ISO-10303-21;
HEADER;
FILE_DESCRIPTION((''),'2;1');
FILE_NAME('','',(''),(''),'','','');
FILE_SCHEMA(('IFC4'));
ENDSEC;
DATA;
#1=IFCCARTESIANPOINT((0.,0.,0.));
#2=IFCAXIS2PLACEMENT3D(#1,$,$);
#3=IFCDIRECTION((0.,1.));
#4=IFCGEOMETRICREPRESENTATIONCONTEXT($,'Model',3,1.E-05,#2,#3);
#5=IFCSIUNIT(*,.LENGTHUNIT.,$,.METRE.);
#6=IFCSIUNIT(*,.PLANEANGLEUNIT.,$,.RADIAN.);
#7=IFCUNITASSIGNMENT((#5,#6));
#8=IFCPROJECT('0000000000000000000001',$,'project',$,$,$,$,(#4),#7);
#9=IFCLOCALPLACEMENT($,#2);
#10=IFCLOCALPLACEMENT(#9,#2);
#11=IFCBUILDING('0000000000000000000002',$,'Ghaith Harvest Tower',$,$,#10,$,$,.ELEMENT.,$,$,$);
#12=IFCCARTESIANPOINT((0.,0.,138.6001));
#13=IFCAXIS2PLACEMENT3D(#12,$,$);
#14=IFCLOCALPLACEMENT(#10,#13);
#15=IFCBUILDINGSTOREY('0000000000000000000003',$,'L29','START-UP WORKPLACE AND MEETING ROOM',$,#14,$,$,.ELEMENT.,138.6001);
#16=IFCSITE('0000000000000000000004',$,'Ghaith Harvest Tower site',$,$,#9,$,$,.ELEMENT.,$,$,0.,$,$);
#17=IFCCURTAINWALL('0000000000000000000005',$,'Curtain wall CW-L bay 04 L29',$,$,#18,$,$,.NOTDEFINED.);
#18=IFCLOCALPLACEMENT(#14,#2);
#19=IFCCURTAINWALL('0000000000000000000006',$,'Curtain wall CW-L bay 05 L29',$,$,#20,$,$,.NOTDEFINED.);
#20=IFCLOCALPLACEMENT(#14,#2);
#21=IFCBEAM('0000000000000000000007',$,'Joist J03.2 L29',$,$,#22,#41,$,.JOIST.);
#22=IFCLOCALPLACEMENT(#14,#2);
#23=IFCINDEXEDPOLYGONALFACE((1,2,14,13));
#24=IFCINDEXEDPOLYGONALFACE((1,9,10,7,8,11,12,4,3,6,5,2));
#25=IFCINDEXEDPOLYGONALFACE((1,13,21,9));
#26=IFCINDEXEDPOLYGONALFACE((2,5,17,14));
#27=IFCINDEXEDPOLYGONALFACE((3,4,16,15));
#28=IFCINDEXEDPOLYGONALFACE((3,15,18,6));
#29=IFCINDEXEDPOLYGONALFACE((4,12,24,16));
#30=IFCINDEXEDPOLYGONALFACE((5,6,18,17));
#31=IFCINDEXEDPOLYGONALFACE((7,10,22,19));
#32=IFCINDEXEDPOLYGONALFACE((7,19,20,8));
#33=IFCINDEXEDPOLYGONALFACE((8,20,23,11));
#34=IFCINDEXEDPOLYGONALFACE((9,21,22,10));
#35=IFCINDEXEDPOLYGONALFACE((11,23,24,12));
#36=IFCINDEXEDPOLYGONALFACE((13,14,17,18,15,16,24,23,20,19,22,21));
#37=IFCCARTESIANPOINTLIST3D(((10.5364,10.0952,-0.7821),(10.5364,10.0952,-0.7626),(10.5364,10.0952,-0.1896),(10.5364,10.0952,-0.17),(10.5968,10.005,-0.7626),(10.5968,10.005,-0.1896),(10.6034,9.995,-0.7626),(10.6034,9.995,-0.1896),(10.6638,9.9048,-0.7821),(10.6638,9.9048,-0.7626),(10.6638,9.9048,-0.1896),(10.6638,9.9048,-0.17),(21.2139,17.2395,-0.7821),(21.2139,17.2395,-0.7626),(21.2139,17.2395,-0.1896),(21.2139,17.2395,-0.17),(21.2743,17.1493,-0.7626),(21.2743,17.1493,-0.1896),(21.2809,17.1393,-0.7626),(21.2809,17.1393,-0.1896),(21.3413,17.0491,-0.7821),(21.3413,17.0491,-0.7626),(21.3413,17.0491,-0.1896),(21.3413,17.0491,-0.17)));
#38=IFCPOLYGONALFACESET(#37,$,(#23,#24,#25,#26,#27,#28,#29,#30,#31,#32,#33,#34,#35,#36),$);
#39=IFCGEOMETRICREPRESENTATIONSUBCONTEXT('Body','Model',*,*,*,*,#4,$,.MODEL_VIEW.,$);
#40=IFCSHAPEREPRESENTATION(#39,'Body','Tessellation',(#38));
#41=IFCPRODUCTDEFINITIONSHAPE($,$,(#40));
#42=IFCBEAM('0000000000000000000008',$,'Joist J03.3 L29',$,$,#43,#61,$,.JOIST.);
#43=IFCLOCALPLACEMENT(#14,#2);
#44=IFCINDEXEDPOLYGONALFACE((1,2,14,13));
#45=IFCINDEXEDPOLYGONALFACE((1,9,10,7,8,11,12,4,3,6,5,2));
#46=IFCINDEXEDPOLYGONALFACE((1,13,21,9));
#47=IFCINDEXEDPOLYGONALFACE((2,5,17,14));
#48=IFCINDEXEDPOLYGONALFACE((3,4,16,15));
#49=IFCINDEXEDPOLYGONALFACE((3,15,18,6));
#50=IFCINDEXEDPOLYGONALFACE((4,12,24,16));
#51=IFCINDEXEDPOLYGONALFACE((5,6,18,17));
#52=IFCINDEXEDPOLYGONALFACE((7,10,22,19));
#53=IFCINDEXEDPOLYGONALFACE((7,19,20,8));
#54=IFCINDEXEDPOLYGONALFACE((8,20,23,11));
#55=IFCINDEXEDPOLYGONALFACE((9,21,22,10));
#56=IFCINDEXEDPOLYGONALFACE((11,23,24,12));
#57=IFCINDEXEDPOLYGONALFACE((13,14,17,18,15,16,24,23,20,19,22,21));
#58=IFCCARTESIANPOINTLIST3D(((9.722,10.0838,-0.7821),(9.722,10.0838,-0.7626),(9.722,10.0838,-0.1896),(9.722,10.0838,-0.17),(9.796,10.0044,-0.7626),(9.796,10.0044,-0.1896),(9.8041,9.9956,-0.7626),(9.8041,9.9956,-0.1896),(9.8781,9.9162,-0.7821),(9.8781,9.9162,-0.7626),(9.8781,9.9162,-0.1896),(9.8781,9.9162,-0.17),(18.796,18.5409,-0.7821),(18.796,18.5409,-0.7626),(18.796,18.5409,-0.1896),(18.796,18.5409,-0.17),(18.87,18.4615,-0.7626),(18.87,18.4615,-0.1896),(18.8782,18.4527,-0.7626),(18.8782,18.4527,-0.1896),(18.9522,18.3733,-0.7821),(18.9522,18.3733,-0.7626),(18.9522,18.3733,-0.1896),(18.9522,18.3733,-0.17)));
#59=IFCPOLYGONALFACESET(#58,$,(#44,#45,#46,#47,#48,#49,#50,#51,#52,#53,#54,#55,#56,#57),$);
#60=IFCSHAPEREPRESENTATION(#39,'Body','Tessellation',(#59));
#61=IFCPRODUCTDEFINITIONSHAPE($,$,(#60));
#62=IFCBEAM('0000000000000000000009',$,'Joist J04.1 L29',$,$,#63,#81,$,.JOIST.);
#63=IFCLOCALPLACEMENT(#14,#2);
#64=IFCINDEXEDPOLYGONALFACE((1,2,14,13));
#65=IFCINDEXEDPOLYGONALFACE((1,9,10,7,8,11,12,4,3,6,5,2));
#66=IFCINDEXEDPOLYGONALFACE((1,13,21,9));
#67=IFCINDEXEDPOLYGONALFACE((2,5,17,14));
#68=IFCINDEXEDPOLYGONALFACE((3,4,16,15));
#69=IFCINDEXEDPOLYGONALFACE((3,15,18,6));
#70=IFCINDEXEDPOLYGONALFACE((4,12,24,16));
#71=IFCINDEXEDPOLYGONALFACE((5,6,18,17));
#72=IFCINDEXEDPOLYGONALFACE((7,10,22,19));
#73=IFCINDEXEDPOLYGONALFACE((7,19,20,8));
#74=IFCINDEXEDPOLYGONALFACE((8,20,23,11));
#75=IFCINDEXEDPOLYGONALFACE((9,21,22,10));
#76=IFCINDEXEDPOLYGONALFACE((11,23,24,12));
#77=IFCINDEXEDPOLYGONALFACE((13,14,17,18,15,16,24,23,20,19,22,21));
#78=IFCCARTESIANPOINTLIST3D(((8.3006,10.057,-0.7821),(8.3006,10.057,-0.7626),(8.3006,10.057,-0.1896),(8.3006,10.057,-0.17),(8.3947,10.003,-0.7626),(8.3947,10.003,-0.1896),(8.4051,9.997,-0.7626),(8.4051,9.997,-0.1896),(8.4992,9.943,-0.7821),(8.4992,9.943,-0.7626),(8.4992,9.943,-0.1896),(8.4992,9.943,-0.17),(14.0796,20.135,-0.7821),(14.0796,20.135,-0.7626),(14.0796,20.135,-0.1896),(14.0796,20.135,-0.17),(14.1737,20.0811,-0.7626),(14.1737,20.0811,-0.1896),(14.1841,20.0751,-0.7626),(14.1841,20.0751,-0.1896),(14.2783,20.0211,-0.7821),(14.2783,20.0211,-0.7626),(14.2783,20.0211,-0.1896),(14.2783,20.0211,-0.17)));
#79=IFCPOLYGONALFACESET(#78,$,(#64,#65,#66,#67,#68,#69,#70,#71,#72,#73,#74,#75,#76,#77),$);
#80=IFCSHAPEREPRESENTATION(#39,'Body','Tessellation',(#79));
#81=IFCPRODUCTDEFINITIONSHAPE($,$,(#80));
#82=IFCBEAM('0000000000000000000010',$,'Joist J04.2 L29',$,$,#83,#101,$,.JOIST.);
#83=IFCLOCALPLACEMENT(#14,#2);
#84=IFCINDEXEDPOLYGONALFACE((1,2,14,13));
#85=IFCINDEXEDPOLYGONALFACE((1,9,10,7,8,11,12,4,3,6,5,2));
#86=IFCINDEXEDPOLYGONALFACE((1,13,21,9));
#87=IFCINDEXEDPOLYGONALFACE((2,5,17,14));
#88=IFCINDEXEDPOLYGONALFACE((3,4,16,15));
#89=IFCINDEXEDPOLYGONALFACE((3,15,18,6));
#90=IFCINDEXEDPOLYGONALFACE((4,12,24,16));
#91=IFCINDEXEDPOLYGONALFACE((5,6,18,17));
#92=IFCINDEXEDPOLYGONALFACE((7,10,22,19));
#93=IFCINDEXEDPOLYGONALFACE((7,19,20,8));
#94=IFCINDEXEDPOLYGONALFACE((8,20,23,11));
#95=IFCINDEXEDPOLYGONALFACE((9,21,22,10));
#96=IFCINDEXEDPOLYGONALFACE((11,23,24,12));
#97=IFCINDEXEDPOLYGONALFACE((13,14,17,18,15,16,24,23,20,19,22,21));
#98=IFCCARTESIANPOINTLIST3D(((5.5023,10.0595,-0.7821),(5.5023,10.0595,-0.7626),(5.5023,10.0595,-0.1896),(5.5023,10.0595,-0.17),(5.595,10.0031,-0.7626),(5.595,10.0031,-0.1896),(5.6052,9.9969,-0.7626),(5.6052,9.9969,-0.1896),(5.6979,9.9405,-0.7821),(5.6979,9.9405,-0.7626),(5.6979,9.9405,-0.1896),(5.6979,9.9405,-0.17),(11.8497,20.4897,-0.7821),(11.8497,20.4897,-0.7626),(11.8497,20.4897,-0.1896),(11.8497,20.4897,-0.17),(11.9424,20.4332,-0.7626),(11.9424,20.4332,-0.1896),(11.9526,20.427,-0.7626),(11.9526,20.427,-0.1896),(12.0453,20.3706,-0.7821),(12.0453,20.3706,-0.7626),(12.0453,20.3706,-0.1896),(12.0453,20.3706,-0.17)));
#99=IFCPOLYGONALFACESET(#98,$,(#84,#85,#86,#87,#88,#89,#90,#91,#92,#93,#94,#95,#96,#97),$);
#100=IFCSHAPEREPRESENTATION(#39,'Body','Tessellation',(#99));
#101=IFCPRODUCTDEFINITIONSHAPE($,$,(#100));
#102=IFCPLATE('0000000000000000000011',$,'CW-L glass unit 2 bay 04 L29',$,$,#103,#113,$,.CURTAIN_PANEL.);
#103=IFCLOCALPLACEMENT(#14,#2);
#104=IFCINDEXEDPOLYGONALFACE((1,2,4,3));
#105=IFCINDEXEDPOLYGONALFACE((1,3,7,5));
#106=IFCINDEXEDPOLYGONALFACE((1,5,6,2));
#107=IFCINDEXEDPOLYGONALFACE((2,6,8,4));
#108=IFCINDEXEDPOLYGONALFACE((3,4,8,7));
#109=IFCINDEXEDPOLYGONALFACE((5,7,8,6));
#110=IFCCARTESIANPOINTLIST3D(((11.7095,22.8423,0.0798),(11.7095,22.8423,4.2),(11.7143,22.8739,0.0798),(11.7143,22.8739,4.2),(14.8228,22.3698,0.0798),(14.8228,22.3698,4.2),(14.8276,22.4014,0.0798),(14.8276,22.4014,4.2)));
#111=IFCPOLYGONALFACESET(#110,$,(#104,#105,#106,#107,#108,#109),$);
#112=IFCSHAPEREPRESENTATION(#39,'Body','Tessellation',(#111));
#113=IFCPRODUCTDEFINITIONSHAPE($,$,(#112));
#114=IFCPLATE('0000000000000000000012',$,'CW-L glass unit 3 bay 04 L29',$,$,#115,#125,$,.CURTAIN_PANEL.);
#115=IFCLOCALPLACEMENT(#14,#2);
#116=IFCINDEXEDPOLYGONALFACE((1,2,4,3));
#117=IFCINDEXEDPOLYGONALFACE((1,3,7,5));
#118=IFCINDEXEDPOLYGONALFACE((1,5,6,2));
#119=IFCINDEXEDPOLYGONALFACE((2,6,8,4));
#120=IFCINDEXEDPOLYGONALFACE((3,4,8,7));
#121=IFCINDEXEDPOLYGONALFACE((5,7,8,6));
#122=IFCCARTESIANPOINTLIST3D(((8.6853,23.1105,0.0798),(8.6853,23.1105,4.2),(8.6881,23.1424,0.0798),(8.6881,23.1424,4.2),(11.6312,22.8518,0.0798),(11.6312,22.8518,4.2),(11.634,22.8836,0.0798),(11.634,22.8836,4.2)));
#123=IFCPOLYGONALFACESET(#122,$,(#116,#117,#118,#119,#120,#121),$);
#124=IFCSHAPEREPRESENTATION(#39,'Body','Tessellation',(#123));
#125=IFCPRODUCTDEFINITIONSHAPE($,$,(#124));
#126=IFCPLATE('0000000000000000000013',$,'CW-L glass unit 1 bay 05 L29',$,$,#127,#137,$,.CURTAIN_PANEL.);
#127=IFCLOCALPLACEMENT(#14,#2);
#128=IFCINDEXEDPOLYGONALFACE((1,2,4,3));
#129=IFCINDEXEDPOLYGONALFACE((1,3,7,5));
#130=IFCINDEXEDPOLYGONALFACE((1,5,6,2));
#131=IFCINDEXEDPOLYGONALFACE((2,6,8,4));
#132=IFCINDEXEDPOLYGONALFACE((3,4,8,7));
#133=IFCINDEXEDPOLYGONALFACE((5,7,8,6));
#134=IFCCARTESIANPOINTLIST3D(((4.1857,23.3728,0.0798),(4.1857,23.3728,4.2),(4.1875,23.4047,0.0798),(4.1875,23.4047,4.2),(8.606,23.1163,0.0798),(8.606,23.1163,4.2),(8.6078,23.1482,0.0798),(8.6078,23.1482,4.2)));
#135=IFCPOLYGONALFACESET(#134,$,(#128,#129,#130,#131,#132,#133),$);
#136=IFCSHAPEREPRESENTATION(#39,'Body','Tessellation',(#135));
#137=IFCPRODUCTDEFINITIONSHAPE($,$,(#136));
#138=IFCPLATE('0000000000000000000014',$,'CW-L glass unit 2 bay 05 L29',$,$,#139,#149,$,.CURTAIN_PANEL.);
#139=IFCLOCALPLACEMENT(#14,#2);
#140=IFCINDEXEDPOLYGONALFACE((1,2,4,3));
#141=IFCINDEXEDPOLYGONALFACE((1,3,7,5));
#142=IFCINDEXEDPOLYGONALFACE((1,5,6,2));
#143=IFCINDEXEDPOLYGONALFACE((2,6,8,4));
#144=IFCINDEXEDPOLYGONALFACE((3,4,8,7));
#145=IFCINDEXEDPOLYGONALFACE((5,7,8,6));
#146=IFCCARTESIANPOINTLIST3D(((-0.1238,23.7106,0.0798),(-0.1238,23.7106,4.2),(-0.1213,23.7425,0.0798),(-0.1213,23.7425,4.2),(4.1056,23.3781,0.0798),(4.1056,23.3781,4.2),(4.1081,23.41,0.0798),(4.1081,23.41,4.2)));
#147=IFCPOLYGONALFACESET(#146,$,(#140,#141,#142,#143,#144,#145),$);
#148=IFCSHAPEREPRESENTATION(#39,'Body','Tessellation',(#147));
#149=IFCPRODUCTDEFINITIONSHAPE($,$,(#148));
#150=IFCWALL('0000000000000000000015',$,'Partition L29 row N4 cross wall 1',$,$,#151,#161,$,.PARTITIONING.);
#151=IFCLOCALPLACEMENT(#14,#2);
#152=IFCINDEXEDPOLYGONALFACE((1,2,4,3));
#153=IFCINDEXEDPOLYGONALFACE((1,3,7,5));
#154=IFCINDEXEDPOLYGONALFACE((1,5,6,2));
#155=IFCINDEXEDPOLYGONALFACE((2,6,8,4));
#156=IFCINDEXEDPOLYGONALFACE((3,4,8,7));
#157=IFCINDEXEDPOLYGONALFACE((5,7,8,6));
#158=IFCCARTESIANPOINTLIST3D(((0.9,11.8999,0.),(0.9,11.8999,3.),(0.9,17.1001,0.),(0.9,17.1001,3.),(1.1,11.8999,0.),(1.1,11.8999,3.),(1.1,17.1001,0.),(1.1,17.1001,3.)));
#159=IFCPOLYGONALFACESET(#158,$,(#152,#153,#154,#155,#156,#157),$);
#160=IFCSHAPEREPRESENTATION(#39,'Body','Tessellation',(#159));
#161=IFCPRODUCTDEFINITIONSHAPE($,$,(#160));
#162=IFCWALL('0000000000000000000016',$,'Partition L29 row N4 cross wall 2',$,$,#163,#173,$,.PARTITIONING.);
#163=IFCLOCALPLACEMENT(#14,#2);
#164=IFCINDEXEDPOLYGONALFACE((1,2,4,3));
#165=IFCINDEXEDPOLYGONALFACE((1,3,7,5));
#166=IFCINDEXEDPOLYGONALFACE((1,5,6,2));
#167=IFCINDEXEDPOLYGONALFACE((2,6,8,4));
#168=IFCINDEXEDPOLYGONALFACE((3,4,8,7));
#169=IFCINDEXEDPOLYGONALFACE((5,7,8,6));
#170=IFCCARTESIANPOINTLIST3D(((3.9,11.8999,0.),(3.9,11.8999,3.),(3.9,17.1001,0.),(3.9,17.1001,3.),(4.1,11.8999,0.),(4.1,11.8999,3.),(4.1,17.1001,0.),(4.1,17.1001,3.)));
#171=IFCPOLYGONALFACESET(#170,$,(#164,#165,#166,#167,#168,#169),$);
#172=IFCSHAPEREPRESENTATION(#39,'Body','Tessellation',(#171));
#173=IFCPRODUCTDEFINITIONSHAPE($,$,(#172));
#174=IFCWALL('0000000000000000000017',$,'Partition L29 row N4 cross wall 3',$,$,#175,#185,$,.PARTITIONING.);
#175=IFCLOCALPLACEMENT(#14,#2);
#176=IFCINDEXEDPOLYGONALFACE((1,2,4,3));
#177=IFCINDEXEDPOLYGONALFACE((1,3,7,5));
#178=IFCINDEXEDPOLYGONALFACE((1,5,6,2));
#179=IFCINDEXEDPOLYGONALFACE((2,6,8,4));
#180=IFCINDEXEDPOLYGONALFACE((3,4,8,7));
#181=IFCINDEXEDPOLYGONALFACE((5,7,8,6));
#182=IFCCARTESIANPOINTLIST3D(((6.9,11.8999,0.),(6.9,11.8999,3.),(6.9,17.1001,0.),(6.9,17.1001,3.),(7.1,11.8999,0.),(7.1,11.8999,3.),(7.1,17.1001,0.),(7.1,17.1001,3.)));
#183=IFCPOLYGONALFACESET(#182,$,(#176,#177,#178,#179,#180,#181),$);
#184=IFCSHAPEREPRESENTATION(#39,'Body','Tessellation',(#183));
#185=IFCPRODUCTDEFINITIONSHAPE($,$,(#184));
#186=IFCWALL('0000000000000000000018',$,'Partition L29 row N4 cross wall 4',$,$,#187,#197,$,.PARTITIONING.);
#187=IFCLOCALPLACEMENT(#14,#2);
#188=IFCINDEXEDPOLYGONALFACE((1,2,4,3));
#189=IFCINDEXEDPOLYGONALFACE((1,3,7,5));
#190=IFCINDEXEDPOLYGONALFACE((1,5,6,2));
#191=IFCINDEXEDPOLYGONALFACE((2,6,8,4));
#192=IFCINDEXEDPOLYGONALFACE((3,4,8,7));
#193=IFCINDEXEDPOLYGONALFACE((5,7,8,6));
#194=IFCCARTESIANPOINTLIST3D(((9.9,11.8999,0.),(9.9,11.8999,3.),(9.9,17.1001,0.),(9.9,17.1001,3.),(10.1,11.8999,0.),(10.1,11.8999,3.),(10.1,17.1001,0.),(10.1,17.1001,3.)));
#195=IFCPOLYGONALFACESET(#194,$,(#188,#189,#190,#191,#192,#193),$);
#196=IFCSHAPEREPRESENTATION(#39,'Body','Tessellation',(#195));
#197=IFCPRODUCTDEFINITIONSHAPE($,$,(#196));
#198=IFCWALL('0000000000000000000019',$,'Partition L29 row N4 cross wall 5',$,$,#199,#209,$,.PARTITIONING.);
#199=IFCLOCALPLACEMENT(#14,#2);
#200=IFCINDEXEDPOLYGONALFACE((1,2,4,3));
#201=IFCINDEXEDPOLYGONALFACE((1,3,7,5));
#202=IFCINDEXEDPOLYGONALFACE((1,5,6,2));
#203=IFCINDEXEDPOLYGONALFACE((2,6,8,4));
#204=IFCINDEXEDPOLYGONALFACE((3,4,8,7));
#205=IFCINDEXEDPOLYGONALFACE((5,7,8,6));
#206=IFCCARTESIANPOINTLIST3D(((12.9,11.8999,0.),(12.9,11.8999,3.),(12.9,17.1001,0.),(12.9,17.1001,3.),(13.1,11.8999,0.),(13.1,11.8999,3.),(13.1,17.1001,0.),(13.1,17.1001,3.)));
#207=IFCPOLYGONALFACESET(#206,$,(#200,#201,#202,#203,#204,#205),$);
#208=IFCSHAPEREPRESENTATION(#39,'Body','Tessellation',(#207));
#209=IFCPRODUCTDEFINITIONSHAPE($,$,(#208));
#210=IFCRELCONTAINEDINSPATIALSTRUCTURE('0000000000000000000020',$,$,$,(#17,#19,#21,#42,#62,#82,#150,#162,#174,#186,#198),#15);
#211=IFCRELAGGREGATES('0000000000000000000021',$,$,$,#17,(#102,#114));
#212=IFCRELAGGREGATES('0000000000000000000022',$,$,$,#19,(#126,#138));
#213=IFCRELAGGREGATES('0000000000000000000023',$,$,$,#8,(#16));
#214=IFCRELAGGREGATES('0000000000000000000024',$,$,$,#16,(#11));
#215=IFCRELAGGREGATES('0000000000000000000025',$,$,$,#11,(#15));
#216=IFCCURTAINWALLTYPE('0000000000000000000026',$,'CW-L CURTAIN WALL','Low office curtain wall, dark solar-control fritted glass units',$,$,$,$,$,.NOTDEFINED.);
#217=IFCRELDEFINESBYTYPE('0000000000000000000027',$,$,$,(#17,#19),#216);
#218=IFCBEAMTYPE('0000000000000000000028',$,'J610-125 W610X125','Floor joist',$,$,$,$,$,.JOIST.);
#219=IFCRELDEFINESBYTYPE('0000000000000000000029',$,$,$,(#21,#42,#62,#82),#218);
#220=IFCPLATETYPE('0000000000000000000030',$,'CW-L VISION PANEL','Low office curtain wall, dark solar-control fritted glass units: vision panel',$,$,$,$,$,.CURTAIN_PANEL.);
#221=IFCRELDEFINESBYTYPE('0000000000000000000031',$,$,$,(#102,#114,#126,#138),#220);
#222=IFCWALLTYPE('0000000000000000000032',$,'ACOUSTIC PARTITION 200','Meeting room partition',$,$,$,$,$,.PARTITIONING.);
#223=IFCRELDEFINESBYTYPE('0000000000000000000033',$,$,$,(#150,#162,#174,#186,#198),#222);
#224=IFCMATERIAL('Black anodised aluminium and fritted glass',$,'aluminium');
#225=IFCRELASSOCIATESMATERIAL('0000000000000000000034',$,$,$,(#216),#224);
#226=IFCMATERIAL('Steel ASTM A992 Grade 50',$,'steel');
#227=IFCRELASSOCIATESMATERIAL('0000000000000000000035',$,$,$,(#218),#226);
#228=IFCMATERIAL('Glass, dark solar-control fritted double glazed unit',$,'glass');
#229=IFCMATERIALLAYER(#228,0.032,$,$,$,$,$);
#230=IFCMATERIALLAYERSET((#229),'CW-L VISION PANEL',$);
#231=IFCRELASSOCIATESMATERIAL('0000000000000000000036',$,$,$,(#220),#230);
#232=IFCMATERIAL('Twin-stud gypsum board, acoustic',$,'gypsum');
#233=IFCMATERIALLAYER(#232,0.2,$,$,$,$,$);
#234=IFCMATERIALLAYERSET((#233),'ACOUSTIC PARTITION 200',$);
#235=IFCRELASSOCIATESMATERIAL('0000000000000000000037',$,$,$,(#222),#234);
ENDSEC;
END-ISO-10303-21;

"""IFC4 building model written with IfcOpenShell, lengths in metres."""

from ifc_helpers import new_model, si_unit, direction, frame, frame_2d, origin, origin_2d, place, context, subcontext, project, spatial, rectangle, i_section, extrude, material, layer, layer_set, material_profile, profile_set, type_object, element, aggregate, save


model = new_model("IFC4")

# Units and contexts
model_context = context("Model", 3, precision=1e-05, world=origin(), true_north=direction((0.0, 1.0)))
body_context = subcontext(model_context, "Body", "Model", "MODEL_VIEW")
ifc_project = project(units=[si_unit("LENGTHUNIT", "METRE"), si_unit("PLANEANGLEUNIT", "RADIAN")], contexts=[model_context])

# Site, building, storey
site_placement = place(None, origin())
site = spatial("IfcSite", under=ifc_project, at=site_placement, Name="Ghaith Harvest Tower site", CompositionType="ELEMENT", RefElevation=0.0)
building_placement = place(site_placement, origin())
building = spatial("IfcBuilding", under=site, at=building_placement, Name="Ghaith Harvest Tower", CompositionType="ELEMENT")
storey_placement = place(building_placement, frame((0.0, 0.0, 138.6001)))
storey = spatial("IfcBuildingStorey", under=building, at=storey_placement, Name="L29", Description="START-UP WORKPLACE AND MEETING ROOM", CompositionType="ELEMENT", Elevation=138.6001)

# Curtain wall
ifc_material_1 = material(Name="Black anodised aluminium and fritted glass", Category="aluminium")
curtain_wall_type = type_object("IfcCurtainWallType", Name="CW-L CURTAIN WALL", Description="Low office curtain wall, dark solar-control fritted glass units", PredefinedType="NOTDEFINED", material=ifc_material_1)
curtain_wall_1_placement = place(storey_placement, origin())
curtain_wall_1 = element("IfcCurtainWall", 1, at=curtain_wall_1_placement, inside=storey, type_object=curtain_wall_type, Name="Curtain wall CW-L bay 04 L29", PredefinedType="NOTDEFINED")

# Curtain wall
curtain_wall_2_placement = place(storey_placement, origin())
curtain_wall_2 = element("IfcCurtainWall", 2, at=curtain_wall_2_placement, inside=storey, type_object=curtain_wall_type, Name="Curtain wall CW-L bay 05 L29", PredefinedType="NOTDEFINED")

# Beams
ifc_material_2 = material(Name="Steel ASTM A992 Grade 50", Category="steel")
ifc_material_profile_1 = material_profile(ifc_material_2, i_section(OverallWidth=0.229, OverallDepth=0.6121, WebThickness=0.012, FlangeThickness=0.0195, at=origin_2d()), Name="W610X125")
ifc_profile_set_1 = profile_set([ifc_material_profile_1], Name="Steel ASTM A992 Grade 50")
beam_type_1 = type_object("IfcBeamType", Name="J610-125 W610X125", Description="Floor joist", PredefinedType="JOIST", material=ifc_profile_set_1)
beam_1_placement = place(storey_placement, frame((10.6001, 10.0, -0.4761), z_axis=(0.831116, 0.556098, 0.0), x_axis=(-0.556098, 0.831116, 0.0)))
element("IfcBeam", 3, at=beam_1_placement, inside=storey, type_object=beam_type_1, Name="Joist J03.2 L29", PredefinedType="JOIST", context=body_context, shape_type="SweptSolid", body=[
    extrude(i_section(OverallWidth=0.229, OverallDepth=0.6121, WebThickness=0.012, FlangeThickness=0.0195, at=origin_2d()), origin(), (0.0, 0.0, 1.0), 12.8472),
])
beam_2_placement = place(storey_placement, frame((9.8, 10.0, -0.4761), z_axis=(0.731538, 0.681801, 0.0), x_axis=(-0.681801, 0.731538, 0.0)))
element("IfcBeam", 4, at=beam_2_placement, inside=storey, type_object=beam_type_1, Name="Joist J03.3 L29", PredefinedType="JOIST", context=body_context, shape_type="SweptSolid", body=[
    extrude(i_section(OverallWidth=0.229, OverallDepth=0.6121, WebThickness=0.012, FlangeThickness=0.0195, at=origin_2d()), origin(), (0.0, 0.0, 1.0), 12.4041),
])
beam_3_placement = place(storey_placement, frame((8.3999, 10.0, -0.4761), z_axis=(0.497444, 0.867496, 0.0), x_axis=(-0.867496, 0.497444, 0.0)))
element("IfcBeam", 5, at=beam_3_placement, inside=storey, type_object=beam_type_1, Name="Joist J04.1 L29", PredefinedType="JOIST", context=body_context, shape_type="SweptSolid", body=[
    extrude(i_section(OverallWidth=0.229, OverallDepth=0.6121, WebThickness=0.012, FlangeThickness=0.0195, at=origin_2d()), origin(), (0.0, 0.0, 1.0), 11.6174),
])
beam_4_placement = place(storey_placement, frame((5.6001, 10.0, -0.4761), z_axis=(0.519864, 0.854249, 0.0), x_axis=(-0.854249, 0.519864, 0.0)))
element("IfcBeam", 6, at=beam_4_placement, inside=storey, type_object=beam_type_1, Name="Joist J04.2 L29", PredefinedType="JOIST", context=body_context, shape_type="SweptSolid", body=[
    extrude(i_section(OverallWidth=0.229, OverallDepth=0.6121, WebThickness=0.012, FlangeThickness=0.0195, at=origin_2d()), origin(), (0.0, 0.0, 1.0), 12.2097),
])

# Plates
ifc_material_3 = material(Name="Glass, dark solar-control fritted double glazed unit", Category="glass")
ifc_layer_1 = layer(ifc_material_3, 0.032)
ifc_layer_set_1 = layer_set([ifc_layer_1], Name="CW-L VISION PANEL")
plate_type = type_object("IfcPlateType", Name="CW-L VISION PANEL", Description="Low office curtain wall, dark solar-control fritted glass units: vision panel", PredefinedType="CURTAIN_PANEL", material=ifc_layer_set_1)
plate_1_placement = place(storey_placement, frame((13.2686, 22.6218, 0.0798), z_axis=(0.0, 0.0, 1.0), x_axis=(-0.988679, 0.150048, 0.0)))
plate_1 = element("IfcPlate", 7, at=plate_1_placement, type_object=plate_type, Name="CW-L glass unit 2 bay 04 L29", PredefinedType="CURTAIN_PANEL", context=body_context, shape_type="SweptSolid", body=[
    extrude(rectangle(XDim=3.1489, YDim=0.032, at=origin_2d()), origin(), (0.0, 0.0, 1.0), 4.1201),
])
plate_2_placement = place(storey_placement, frame((10.1597, 22.9971, 0.0798), z_axis=(0.0, 0.0, 1.0), x_axis=(-0.996166, 0.087481, 0.0)))
plate_2 = element("IfcPlate", 8, at=plate_2_placement, type_object=plate_type, Name="CW-L glass unit 3 bay 04 L29", PredefinedType="CURTAIN_PANEL", context=body_context, shape_type="SweptSolid", body=[
    extrude(rectangle(XDim=2.9573, YDim=0.032, at=origin_2d()), origin(), (0.0, 0.0, 1.0), 4.1201),
])
aggregate(curtain_wall_1, [plate_1, plate_2])
plate_3_placement = place(storey_placement, frame((6.3967, 23.2605, 0.0798), z_axis=(0.0, 0.0, 1.0), x_axis=(-0.998321, 0.057927, 0.0)))
plate_3 = element("IfcPlate", 9, at=plate_3_placement, type_object=plate_type, Name="CW-L glass unit 1 bay 05 L29", PredefinedType="CURTAIN_PANEL", context=body_context, shape_type="SweptSolid", body=[
    extrude(rectangle(XDim=4.4277, YDim=0.032, at=origin_2d()), origin(), (0.0, 0.0, 1.0), 4.1201),
])
plate_4_placement = place(storey_placement, frame((1.9922, 23.5603, 0.0798), z_axis=(0.0, 0.0, 1.0), x_axis=(-0.996925, 0.07836, 0.0)))
plate_4 = element("IfcPlate", 10, at=plate_4_placement, type_object=plate_type, Name="CW-L glass unit 2 bay 05 L29", PredefinedType="CURTAIN_PANEL", context=body_context, shape_type="SweptSolid", body=[
    extrude(rectangle(XDim=4.2424, YDim=0.032, at=origin_2d()), origin(), (0.0, 0.0, 1.0), 4.1201),
])
aggregate(curtain_wall_2, [plate_3, plate_4])

# Walls
ifc_material_4 = material(Name="Twin-stud gypsum board, acoustic", Category="gypsum")
ifc_layer_2 = layer(ifc_material_4, 0.2)
ifc_layer_set_2 = layer_set([ifc_layer_2], Name="ACOUSTIC PARTITION 200")
wall_type = type_object("IfcWallType", Name="ACOUSTIC PARTITION 200", Description="Meeting room partition", PredefinedType="PARTITIONING", material=ifc_layer_set_2)
for number, where, z_axis, x_axis, name in (
    (11, (1.0, 11.8999, 0.0), (0.0, 0.0, 1.0), (0.0, 1.0, 0.0), "Partition L29 row N4 cross wall 1"),
    (12, (4.0, 11.8999, 0.0), (0.0, 0.0, 1.0), (0.0, 1.0, 0.0), "Partition L29 row N4 cross wall 2"),
    (13, (7.0, 11.8999, 0.0), (0.0, 0.0, 1.0), (0.0, 1.0, 0.0), "Partition L29 row N4 cross wall 3"),
    (14, (10.0, 11.8999, 0.0), (0.0, 0.0, 1.0), (0.0, 1.0, 0.0), "Partition L29 row N4 cross wall 4"),
    (15, (13.0, 11.8999, 0.0), (0.0, 0.0, 1.0), (0.0, 1.0, 0.0), "Partition L29 row N4 cross wall 5"),
):
    element("IfcWall", number, at=place(storey_placement, frame(where, z_axis=z_axis, x_axis=x_axis)), inside=storey, type_object=wall_type, Name=name, PredefinedType="PARTITIONING", context=body_context, shape_type="SweptSolid", body=[
        extrude(rectangle(XDim=5.2002, YDim=0.2, at=frame_2d((2.6001, 0.0))), origin(), (0.0, 0.0, 1.0), 3.0),
    ])

save(model, "model.ifc")
